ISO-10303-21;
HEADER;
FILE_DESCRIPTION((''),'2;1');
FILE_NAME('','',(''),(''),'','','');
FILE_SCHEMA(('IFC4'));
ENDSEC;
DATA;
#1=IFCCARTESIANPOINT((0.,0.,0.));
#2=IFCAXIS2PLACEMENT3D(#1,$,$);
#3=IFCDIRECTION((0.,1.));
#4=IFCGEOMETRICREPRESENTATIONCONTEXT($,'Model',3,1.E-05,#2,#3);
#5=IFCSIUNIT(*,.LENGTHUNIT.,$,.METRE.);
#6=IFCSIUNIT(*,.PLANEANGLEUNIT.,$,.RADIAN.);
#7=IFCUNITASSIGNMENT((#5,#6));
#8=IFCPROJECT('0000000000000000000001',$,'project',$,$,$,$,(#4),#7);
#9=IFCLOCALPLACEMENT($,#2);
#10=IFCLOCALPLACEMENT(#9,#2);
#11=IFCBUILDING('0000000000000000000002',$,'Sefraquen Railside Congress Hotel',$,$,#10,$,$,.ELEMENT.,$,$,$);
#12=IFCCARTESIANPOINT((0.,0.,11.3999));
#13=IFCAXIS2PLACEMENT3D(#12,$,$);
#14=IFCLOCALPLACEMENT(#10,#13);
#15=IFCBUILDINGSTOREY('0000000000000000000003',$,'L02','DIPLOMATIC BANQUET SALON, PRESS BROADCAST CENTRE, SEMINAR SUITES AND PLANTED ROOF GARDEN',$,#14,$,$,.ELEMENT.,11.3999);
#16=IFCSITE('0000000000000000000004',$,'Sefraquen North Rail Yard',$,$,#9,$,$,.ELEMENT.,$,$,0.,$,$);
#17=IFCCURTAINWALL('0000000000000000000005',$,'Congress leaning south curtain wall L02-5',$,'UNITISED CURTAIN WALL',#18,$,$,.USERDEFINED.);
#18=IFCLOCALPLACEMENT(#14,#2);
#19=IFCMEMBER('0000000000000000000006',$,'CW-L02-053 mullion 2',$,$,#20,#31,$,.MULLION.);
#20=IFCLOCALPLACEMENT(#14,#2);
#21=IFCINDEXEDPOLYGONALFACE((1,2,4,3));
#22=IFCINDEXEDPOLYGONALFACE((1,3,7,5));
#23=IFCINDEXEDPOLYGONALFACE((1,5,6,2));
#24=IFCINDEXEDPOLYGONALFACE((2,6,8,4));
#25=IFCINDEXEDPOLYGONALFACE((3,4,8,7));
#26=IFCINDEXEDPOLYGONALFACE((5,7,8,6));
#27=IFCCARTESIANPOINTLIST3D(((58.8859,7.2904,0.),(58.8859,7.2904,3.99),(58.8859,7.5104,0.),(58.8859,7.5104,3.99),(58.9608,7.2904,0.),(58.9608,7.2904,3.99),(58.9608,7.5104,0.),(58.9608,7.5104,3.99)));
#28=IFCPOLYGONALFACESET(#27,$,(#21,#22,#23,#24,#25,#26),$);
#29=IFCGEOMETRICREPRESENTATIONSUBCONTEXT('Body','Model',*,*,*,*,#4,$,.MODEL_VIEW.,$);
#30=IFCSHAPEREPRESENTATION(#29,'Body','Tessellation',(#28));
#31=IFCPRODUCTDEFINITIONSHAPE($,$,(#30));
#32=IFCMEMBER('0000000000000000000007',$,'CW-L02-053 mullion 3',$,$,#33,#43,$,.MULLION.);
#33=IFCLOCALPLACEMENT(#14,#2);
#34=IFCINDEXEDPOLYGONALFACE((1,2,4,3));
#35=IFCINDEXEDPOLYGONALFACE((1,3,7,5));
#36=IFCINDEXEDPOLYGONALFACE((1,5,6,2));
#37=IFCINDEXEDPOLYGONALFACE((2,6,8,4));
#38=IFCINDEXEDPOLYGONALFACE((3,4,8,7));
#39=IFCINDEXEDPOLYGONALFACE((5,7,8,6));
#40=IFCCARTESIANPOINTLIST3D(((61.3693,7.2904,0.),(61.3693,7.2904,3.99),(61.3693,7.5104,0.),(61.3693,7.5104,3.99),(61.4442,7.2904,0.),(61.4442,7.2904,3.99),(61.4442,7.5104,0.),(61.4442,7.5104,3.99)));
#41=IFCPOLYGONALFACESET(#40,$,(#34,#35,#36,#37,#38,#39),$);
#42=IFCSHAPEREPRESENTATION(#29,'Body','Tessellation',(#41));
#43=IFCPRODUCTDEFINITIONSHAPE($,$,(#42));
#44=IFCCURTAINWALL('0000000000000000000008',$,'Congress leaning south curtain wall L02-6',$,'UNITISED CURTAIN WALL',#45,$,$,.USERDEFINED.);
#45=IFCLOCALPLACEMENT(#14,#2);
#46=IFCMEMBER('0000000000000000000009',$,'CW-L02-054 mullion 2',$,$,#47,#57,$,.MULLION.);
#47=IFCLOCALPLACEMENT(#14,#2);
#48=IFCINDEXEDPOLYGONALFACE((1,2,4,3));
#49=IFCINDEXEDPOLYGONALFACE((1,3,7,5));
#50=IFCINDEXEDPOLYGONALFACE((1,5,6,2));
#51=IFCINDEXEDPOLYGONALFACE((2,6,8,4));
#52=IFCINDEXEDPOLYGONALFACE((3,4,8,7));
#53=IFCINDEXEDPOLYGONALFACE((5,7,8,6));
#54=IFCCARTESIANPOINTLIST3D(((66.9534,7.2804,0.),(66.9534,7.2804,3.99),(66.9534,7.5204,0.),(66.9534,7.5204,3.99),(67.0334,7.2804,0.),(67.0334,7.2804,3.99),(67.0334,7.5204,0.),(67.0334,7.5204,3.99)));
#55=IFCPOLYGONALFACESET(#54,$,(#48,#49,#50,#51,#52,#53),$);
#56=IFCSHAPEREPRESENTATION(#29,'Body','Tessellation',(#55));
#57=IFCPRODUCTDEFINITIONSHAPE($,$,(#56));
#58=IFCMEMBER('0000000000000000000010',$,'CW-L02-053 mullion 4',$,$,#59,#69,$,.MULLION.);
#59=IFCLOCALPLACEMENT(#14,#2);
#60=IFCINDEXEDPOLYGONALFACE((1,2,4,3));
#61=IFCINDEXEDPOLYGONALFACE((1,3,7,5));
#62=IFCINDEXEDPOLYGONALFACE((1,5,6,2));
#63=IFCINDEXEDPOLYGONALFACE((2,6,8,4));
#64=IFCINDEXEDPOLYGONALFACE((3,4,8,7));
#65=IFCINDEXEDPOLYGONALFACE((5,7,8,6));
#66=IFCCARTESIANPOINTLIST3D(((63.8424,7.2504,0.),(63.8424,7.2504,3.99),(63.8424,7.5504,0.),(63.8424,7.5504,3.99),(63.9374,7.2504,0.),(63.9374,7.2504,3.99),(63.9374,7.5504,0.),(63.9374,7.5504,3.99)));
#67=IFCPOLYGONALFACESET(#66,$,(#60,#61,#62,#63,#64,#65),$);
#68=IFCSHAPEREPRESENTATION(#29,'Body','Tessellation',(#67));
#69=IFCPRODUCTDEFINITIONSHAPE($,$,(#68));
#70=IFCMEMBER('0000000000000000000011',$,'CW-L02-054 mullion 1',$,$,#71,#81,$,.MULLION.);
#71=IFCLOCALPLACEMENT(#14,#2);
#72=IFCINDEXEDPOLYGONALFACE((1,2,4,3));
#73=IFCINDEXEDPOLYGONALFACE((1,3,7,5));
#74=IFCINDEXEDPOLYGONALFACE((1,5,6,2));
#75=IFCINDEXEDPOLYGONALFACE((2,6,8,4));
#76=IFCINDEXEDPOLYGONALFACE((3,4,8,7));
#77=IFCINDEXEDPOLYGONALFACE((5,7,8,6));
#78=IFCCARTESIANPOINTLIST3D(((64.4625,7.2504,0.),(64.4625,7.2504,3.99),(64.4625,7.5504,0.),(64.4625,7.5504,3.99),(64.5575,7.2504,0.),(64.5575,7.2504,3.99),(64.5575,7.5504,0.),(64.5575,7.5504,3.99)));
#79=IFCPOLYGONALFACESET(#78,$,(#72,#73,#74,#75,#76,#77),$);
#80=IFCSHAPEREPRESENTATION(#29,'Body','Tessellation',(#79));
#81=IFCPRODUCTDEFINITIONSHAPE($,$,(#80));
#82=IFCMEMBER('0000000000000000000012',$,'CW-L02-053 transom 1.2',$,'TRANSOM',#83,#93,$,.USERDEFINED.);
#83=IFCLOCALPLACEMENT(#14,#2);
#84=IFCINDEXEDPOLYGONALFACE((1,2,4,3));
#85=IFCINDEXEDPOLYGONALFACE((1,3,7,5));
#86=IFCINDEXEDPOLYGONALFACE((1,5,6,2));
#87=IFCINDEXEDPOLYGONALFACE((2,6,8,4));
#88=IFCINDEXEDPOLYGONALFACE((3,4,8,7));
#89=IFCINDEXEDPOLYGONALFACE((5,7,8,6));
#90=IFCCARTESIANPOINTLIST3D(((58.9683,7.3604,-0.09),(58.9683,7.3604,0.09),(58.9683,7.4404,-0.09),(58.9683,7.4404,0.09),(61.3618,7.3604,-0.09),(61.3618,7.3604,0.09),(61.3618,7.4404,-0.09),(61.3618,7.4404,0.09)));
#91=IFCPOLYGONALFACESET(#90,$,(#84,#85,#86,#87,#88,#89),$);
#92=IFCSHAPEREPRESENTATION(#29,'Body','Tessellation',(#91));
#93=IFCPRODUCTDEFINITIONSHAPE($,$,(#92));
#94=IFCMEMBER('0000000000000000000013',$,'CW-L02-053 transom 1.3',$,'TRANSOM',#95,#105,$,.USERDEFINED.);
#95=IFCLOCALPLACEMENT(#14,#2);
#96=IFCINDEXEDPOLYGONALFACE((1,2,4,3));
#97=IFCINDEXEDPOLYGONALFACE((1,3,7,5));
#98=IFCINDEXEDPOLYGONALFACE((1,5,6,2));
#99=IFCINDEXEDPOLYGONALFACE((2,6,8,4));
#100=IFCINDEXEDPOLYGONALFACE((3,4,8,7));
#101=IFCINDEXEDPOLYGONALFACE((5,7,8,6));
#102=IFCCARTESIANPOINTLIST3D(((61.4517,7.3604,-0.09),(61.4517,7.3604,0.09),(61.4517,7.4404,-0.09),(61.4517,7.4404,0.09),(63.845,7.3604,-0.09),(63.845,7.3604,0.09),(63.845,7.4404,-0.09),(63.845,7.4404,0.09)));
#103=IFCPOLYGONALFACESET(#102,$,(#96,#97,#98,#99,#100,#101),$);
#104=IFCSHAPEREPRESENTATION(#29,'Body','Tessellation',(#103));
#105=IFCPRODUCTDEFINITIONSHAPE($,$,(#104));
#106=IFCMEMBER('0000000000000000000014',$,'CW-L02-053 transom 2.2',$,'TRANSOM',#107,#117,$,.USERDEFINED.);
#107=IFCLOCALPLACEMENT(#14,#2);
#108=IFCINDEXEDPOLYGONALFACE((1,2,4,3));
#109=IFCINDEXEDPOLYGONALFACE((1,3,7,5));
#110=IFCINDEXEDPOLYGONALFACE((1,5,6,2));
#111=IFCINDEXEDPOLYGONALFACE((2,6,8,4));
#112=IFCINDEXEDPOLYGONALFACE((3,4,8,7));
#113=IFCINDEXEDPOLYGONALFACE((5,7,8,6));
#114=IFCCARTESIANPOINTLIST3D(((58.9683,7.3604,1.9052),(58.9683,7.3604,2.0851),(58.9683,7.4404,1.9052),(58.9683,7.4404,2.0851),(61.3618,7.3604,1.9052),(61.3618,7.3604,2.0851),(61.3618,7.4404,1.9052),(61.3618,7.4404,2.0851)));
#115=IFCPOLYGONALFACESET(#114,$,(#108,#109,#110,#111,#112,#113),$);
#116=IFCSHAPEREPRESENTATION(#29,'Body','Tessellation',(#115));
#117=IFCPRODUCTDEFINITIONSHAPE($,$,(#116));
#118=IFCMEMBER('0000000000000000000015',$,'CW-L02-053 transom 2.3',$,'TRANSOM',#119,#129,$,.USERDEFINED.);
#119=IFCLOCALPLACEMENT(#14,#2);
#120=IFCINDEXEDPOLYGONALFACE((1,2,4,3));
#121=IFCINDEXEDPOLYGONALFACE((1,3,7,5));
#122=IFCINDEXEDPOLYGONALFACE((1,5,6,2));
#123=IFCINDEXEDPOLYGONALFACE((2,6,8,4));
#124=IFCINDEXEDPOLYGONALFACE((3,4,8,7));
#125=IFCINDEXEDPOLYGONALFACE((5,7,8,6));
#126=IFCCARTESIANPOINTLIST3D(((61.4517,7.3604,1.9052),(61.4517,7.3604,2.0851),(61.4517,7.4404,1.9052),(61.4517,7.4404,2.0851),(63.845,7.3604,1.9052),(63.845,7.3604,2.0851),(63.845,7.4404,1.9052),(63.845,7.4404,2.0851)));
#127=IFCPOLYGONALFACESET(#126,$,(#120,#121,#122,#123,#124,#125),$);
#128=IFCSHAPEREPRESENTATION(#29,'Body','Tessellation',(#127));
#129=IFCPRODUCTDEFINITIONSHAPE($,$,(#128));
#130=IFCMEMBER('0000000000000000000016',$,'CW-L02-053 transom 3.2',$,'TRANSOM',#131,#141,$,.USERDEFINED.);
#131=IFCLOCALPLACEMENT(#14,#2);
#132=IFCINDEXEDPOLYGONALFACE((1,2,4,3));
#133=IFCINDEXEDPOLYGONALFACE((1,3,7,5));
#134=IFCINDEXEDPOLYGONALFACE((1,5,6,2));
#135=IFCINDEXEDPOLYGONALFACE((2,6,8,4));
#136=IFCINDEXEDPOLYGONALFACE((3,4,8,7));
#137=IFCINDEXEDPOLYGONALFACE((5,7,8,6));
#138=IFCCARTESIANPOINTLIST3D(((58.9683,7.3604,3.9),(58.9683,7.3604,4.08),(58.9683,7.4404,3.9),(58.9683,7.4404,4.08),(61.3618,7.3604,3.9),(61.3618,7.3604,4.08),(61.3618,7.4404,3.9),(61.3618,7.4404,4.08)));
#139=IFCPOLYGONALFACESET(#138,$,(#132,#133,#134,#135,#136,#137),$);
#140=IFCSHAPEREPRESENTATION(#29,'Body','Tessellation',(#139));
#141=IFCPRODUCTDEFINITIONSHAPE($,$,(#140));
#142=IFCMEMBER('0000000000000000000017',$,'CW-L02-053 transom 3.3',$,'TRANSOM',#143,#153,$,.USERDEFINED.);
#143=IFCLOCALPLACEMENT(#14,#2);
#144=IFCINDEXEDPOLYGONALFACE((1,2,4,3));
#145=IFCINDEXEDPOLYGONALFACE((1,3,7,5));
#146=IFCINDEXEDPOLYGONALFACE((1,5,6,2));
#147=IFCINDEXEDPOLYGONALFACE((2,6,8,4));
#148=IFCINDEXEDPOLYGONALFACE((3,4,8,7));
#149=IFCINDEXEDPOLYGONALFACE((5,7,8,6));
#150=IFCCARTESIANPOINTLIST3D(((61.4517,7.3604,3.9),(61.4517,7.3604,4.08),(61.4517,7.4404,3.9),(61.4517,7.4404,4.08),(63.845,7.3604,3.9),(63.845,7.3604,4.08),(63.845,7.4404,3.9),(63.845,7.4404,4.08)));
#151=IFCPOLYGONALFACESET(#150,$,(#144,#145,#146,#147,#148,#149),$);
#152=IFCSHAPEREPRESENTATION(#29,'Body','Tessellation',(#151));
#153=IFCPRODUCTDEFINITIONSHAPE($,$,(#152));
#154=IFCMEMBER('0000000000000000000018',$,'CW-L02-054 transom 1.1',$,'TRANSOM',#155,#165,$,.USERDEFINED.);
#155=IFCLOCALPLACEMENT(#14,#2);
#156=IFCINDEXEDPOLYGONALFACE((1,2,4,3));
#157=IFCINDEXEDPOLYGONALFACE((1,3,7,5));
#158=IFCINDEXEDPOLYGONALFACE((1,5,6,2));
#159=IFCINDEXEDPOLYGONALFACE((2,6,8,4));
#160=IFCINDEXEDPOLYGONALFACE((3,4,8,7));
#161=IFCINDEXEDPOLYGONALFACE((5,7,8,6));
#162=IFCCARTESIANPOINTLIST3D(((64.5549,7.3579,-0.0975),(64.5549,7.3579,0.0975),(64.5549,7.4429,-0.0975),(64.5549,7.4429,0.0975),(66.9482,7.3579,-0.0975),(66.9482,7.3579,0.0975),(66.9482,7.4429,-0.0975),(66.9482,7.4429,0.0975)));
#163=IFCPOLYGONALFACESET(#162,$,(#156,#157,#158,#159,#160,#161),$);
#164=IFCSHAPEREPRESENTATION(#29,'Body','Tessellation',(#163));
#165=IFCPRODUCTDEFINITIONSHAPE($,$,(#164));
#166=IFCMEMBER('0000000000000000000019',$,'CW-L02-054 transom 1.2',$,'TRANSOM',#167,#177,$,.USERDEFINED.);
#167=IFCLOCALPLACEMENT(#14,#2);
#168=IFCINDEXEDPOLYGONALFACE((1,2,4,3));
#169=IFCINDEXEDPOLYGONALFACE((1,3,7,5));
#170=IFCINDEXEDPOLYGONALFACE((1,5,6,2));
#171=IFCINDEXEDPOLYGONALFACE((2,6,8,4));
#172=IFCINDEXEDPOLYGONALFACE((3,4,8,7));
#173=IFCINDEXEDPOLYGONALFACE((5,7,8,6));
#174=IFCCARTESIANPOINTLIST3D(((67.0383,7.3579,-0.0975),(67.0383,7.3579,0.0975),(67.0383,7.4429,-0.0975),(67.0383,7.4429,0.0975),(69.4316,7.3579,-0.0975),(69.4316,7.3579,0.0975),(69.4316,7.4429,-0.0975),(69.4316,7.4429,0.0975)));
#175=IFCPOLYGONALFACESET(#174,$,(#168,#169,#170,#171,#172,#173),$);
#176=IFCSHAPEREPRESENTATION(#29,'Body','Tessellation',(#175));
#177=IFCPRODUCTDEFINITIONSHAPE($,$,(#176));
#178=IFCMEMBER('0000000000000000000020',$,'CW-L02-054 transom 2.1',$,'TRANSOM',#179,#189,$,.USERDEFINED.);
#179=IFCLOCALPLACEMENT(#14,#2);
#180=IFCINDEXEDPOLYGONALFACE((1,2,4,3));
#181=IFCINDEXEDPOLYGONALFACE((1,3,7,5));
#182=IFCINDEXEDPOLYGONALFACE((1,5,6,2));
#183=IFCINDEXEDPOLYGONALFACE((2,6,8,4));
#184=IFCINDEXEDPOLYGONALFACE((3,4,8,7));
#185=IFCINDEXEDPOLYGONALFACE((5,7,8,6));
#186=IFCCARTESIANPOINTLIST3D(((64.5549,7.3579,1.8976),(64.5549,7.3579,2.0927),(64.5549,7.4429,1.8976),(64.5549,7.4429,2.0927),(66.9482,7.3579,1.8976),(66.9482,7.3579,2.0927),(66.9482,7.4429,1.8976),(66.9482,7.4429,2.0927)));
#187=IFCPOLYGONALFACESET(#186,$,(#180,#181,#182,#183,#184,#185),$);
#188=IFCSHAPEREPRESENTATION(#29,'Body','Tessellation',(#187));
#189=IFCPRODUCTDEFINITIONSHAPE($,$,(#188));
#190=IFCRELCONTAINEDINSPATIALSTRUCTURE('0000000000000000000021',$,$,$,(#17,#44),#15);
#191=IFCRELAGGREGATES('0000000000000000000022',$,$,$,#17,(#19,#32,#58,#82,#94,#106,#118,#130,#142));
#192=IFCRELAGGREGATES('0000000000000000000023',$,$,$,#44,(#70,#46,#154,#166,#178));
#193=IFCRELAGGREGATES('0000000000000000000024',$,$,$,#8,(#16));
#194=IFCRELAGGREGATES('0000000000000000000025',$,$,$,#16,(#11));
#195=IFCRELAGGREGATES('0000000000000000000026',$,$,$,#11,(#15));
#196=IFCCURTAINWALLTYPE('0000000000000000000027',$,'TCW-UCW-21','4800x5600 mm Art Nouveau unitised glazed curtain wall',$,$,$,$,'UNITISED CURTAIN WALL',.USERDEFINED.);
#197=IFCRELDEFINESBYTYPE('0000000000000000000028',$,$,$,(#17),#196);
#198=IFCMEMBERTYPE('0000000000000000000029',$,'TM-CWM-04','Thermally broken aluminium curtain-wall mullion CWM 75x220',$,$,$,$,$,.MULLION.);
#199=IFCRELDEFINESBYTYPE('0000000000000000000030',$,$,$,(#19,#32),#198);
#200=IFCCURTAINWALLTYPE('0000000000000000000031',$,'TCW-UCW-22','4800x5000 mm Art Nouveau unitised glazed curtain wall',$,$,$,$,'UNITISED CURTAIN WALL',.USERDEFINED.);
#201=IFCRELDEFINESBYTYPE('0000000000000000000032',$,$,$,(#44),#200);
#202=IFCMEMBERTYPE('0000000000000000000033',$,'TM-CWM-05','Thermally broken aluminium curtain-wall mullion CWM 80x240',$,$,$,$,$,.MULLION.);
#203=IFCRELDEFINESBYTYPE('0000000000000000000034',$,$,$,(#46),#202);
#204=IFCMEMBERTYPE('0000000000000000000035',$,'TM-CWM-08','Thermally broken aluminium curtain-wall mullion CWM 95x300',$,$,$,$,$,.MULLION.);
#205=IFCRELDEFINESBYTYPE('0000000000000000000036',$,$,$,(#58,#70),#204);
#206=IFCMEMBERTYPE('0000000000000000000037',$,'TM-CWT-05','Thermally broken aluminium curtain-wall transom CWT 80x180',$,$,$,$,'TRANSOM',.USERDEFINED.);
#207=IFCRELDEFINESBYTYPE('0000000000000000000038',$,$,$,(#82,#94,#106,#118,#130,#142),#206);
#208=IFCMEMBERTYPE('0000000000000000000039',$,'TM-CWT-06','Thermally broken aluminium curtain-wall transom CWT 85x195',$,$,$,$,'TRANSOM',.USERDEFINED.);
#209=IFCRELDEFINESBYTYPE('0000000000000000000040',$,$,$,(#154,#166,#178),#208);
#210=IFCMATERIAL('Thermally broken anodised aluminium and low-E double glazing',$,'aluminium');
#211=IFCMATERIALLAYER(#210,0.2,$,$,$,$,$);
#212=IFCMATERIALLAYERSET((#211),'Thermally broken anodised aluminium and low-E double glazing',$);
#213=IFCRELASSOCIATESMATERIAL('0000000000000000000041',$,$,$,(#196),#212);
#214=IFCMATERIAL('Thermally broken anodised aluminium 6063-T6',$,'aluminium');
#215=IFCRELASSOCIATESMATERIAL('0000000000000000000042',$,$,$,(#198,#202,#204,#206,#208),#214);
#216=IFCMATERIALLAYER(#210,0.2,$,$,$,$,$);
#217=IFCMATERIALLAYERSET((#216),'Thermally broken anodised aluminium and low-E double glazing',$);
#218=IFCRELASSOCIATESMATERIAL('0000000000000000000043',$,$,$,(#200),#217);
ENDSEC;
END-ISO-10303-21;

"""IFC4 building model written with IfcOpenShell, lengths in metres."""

from ifc_helpers import new_model, si_unit, direction, frame, origin, origin_2d, place, context, subcontext, project, spatial, rectangle, extrude, material, layer, layer_set, material_profile, profile_set, type_object, element, aggregate, save


model = new_model("IFC4")

# Units and contexts
model_context = context("Model", 3, precision=1e-05, world=origin(), true_north=direction((0.0, 1.0)))
body_context = subcontext(model_context, "Body", "Model", "MODEL_VIEW")
ifc_project = project(units=[si_unit("LENGTHUNIT", "METRE"), si_unit("PLANEANGLEUNIT", "RADIAN")], contexts=[model_context])

# Site, building, storey
site_placement = place(None, origin())
site = spatial("IfcSite", under=ifc_project, at=site_placement, Name="Sefraquen North Rail Yard", CompositionType="ELEMENT", RefElevation=0.0)
building_placement = place(site_placement, origin())
building = spatial("IfcBuilding", under=site, at=building_placement, Name="Sefraquen Railside Congress Hotel", CompositionType="ELEMENT")
storey_placement = place(building_placement, frame((0.0, 0.0, 11.3999)))
storey = spatial("IfcBuildingStorey", under=building, at=storey_placement, Name="L02", Description="DIPLOMATIC BANQUET SALON, PRESS BROADCAST CENTRE, SEMINAR SUITES AND PLANTED ROOF GARDEN", CompositionType="ELEMENT", Elevation=11.3999)

# Curtain wall, members
ifc_material_1 = material(Name="Thermally broken anodised aluminium and low-E double glazing", Category="aluminium")
ifc_layer_1 = layer(ifc_material_1, 0.2)
ifc_layer_set_1 = layer_set([ifc_layer_1], Name="Thermally broken anodised aluminium and low-E double glazing")
curtain_wall_type_1 = type_object("IfcCurtainWallType", Name="TCW-UCW-21", Description="4800x5600 mm Art Nouveau unitised glazed curtain wall", ElementType="UNITISED CURTAIN WALL", PredefinedType="USERDEFINED", material=ifc_layer_set_1)
curtain_wall_1_placement = place(storey_placement, origin())
curtain_wall_1 = element("IfcCurtainWall", 1, at=curtain_wall_1_placement, inside=storey, type_object=curtain_wall_type_1, Name="Congress leaning south curtain wall L02-5", ObjectType="UNITISED CURTAIN WALL", PredefinedType="USERDEFINED")
ifc_material_2 = material(Name="Thermally broken anodised aluminium 6063-T6", Category="aluminium")
ifc_material_profile_1 = material_profile(ifc_material_2, rectangle(XDim=0.075, YDim=0.22, at=origin_2d()), Name="CWM 75x220")
ifc_profile_set_1 = profile_set([ifc_material_profile_1], Name="Thermally broken anodised aluminium 6063-T6")
member_type_1 = type_object("IfcMemberType", Name="TM-CWM-04", Description="Thermally broken aluminium curtain-wall mullion CWM 75x220", PredefinedType="MULLION", material=ifc_profile_set_1)
member_1_placement = place(storey_placement, frame((58.9233, 7.4004, 0.0), z_axis=(0.0, 0.0, 1.0), x_axis=(1.0, 0.0, 0.0)))
member_1 = element("IfcMember", 2, at=member_1_placement, type_object=member_type_1, Name="CW-L02-053 mullion 2", PredefinedType="MULLION", context=body_context, shape_type="SweptSolid", body=[
    extrude(rectangle(XDim=0.075, YDim=0.22, at=origin_2d()), origin(), (0.0, 0.0, 1.0), 3.99),
])
member_2_placement = place(storey_placement, frame((61.4067, 7.4004, 0.0), z_axis=(0.0, 0.0, 1.0), x_axis=(1.0, 0.0, 0.0)))
member_2 = element("IfcMember", 3, at=member_2_placement, type_object=member_type_1, Name="CW-L02-053 mullion 3", PredefinedType="MULLION", context=body_context, shape_type="SweptSolid", body=[
    extrude(rectangle(XDim=0.075, YDim=0.22, at=origin_2d()), origin(), (0.0, 0.0, 1.0), 3.99),
])

# Curtain wall, member
ifc_layer_2 = layer(ifc_material_1, 0.2)
ifc_layer_set_2 = layer_set([ifc_layer_2], Name="Thermally broken anodised aluminium and low-E double glazing")
curtain_wall_type_2 = type_object("IfcCurtainWallType", Name="TCW-UCW-22", Description="4800x5000 mm Art Nouveau unitised glazed curtain wall", ElementType="UNITISED CURTAIN WALL", PredefinedType="USERDEFINED", material=ifc_layer_set_2)
curtain_wall_2_placement = place(storey_placement, origin())
curtain_wall_2 = element("IfcCurtainWall", 4, at=curtain_wall_2_placement, inside=storey, type_object=curtain_wall_type_2, Name="Congress leaning south curtain wall L02-6", ObjectType="UNITISED CURTAIN WALL", PredefinedType="USERDEFINED")
ifc_material_profile_2 = material_profile(ifc_material_2, rectangle(XDim=0.0801, YDim=0.24, at=origin_2d()), Name="CWM 80x240")
ifc_profile_set_2 = profile_set([ifc_material_profile_2], Name="Thermally broken anodised aluminium 6063-T6")
member_type_2 = type_object("IfcMemberType", Name="TM-CWM-05", Description="Thermally broken aluminium curtain-wall mullion CWM 80x240", PredefinedType="MULLION", material=ifc_profile_set_2)
member_3_placement = place(storey_placement, frame((66.9934, 7.4004, 0.0), z_axis=(0.0, 0.0, 1.0), x_axis=(1.0, 0.0, 0.0)))
member_3 = element("IfcMember", 5, at=member_3_placement, type_object=member_type_2, Name="CW-L02-054 mullion 2", PredefinedType="MULLION", context=body_context, shape_type="SweptSolid", body=[
    extrude(rectangle(XDim=0.0801, YDim=0.24, at=origin_2d()), origin(), (0.0, 0.0, 1.0), 3.99),
])

# Members
ifc_material_profile_3 = material_profile(ifc_material_2, rectangle(XDim=0.095, YDim=0.3, at=origin_2d()), Name="CWM 95x300")
ifc_profile_set_3 = profile_set([ifc_material_profile_3], Name="Thermally broken anodised aluminium 6063-T6")
member_type_3 = type_object("IfcMemberType", Name="TM-CWM-08", Description="Thermally broken aluminium curtain-wall mullion CWM 95x300", PredefinedType="MULLION", material=ifc_profile_set_3)
member_4_placement = place(storey_placement, frame((63.8899, 7.4004, 0.0), z_axis=(0.0, 0.0, 1.0), x_axis=(1.0, 0.0, 0.0)))
member_4 = element("IfcMember", 6, at=member_4_placement, type_object=member_type_3, Name="CW-L02-053 mullion 4", PredefinedType="MULLION", context=body_context, shape_type="SweptSolid", body=[
    extrude(rectangle(XDim=0.095, YDim=0.3, at=origin_2d()), origin(), (0.0, 0.0, 1.0), 3.99),
])
member_5_placement = place(storey_placement, frame((64.51, 7.4004, 0.0), z_axis=(0.0, 0.0, 1.0), x_axis=(1.0, 0.0, 0.0)))
member_5 = element("IfcMember", 7, at=member_5_placement, type_object=member_type_3, Name="CW-L02-054 mullion 1", PredefinedType="MULLION", context=body_context, shape_type="SweptSolid", body=[
    extrude(rectangle(XDim=0.095, YDim=0.3, at=origin_2d()), origin(), (0.0, 0.0, 1.0), 3.99),
])
ifc_material_profile_4 = material_profile(ifc_material_2, rectangle(XDim=0.0801, YDim=0.1799, at=origin_2d()), Name="CWT 80x180")
ifc_profile_set_4 = profile_set([ifc_material_profile_4], Name="Thermally broken anodised aluminium 6063-T6")
member_type_4 = type_object("IfcMemberType", Name="TM-CWT-05", Description="Thermally broken aluminium curtain-wall transom CWT 80x180", ElementType="TRANSOM", PredefinedType="USERDEFINED", material=ifc_profile_set_4)
member_6_placement = place(storey_placement, frame((58.9683, 7.4004, 0.0), z_axis=(1.0, 0.0, 0.0), x_axis=(0.0, 1.0, 0.0)))
member_6 = element("IfcMember", 8, at=member_6_placement, type_object=member_type_4, Name="CW-L02-053 transom 1.2", ObjectType="TRANSOM", PredefinedType="USERDEFINED", context=body_context, shape_type="SweptSolid", body=[
    extrude(rectangle(XDim=0.0801, YDim=0.1799, at=origin_2d()), origin(), (0.0, 0.0, 1.0), 2.3936),
])
member_7_placement = place(storey_placement, frame((61.4517, 7.4004, 0.0), z_axis=(1.0, 0.0, 0.0), x_axis=(0.0, 1.0, 0.0)))
member_7 = element("IfcMember", 9, at=member_7_placement, type_object=member_type_4, Name="CW-L02-053 transom 1.3", ObjectType="TRANSOM", PredefinedType="USERDEFINED", context=body_context, shape_type="SweptSolid", body=[
    extrude(rectangle(XDim=0.0801, YDim=0.1799, at=origin_2d()), origin(), (0.0, 0.0, 1.0), 2.3933),
])
member_8_placement = place(storey_placement, frame((58.9683, 7.4004, 1.9951), z_axis=(1.0, 0.0, 0.0), x_axis=(0.0, 1.0, 0.0)))
member_8 = element("IfcMember", 10, at=member_8_placement, type_object=member_type_4, Name="CW-L02-053 transom 2.2", ObjectType="TRANSOM", PredefinedType="USERDEFINED", context=body_context, shape_type="SweptSolid", body=[
    extrude(rectangle(XDim=0.0801, YDim=0.1799, at=origin_2d()), origin(), (0.0, 0.0, 1.0), 2.3936),
])
member_9_placement = place(storey_placement, frame((61.4517, 7.4004, 1.9951), z_axis=(1.0, 0.0, 0.0), x_axis=(0.0, 1.0, 0.0)))
member_9 = element("IfcMember", 11, at=member_9_placement, type_object=member_type_4, Name="CW-L02-053 transom 2.3", ObjectType="TRANSOM", PredefinedType="USERDEFINED", context=body_context, shape_type="SweptSolid", body=[
    extrude(rectangle(XDim=0.0801, YDim=0.1799, at=origin_2d()), origin(), (0.0, 0.0, 1.0), 2.3933),
])
member_10_placement = place(storey_placement, frame((58.9683, 7.4004, 3.99), z_axis=(1.0, 0.0, 0.0), x_axis=(0.0, 1.0, 0.0)))
member_10 = element("IfcMember", 12, at=member_10_placement, type_object=member_type_4, Name="CW-L02-053 transom 3.2", ObjectType="TRANSOM", PredefinedType="USERDEFINED", context=body_context, shape_type="SweptSolid", body=[
    extrude(rectangle(XDim=0.0801, YDim=0.1799, at=origin_2d()), origin(), (0.0, 0.0, 1.0), 2.3936),
])
member_11_placement = place(storey_placement, frame((61.4517, 7.4004, 3.99), z_axis=(1.0, 0.0, 0.0), x_axis=(0.0, 1.0, 0.0)))
member_11 = element("IfcMember", 13, at=member_11_placement, type_object=member_type_4, Name="CW-L02-053 transom 3.3", ObjectType="TRANSOM", PredefinedType="USERDEFINED", context=body_context, shape_type="SweptSolid", body=[
    extrude(rectangle(XDim=0.0801, YDim=0.1799, at=origin_2d()), origin(), (0.0, 0.0, 1.0), 2.3933),
])
ifc_material_profile_5 = material_profile(ifc_material_2, rectangle(XDim=0.085, YDim=0.1951, at=origin_2d()), Name="CWT 85x195")
ifc_profile_set_5 = profile_set([ifc_material_profile_5], Name="Thermally broken anodised aluminium 6063-T6")
member_type_5 = type_object("IfcMemberType", Name="TM-CWT-06", Description="Thermally broken aluminium curtain-wall transom CWT 85x195", ElementType="TRANSOM", PredefinedType="USERDEFINED", material=ifc_profile_set_5)
member_12_placement = place(storey_placement, frame((64.5549, 7.4004, 0.0), z_axis=(1.0, 0.0, 0.0), x_axis=(0.0, 1.0, 0.0)))
member_12 = element("IfcMember", 14, at=member_12_placement, type_object=member_type_5, Name="CW-L02-054 transom 1.1", ObjectType="TRANSOM", PredefinedType="USERDEFINED", context=body_context, shape_type="SweptSolid", body=[
    extrude(rectangle(XDim=0.085, YDim=0.1951, at=origin_2d()), origin(), (0.0, 0.0, 1.0), 2.3933),
])
member_13_placement = place(storey_placement, frame((67.0383, 7.4004, 0.0), z_axis=(1.0, 0.0, 0.0), x_axis=(0.0, 1.0, 0.0)))
member_13 = element("IfcMember", 15, at=member_13_placement, type_object=member_type_5, Name="CW-L02-054 transom 1.2", ObjectType="TRANSOM", PredefinedType="USERDEFINED", context=body_context, shape_type="SweptSolid", body=[
    extrude(rectangle(XDim=0.085, YDim=0.1951, at=origin_2d()), origin(), (0.0, 0.0, 1.0), 2.3933),
])
member_14_placement = place(storey_placement, frame((64.5549, 7.4004, 1.9951), z_axis=(1.0, 0.0, 0.0), x_axis=(0.0, 1.0, 0.0)))
member_14 = element("IfcMember", 16, at=member_14_placement, type_object=member_type_5, Name="CW-L02-054 transom 2.1", ObjectType="TRANSOM", PredefinedType="USERDEFINED", context=body_context, shape_type="SweptSolid", body=[
    extrude(rectangle(XDim=0.085, YDim=0.1951, at=origin_2d()), origin(), (0.0, 0.0, 1.0), 2.3933),
])

aggregate(curtain_wall_1, [member_1, member_2, member_4, member_6, member_7, member_8, member_9, member_10, member_11])
aggregate(curtain_wall_2, [member_5, member_3, member_12, member_13, member_14])

save(model, "model.ifc")
